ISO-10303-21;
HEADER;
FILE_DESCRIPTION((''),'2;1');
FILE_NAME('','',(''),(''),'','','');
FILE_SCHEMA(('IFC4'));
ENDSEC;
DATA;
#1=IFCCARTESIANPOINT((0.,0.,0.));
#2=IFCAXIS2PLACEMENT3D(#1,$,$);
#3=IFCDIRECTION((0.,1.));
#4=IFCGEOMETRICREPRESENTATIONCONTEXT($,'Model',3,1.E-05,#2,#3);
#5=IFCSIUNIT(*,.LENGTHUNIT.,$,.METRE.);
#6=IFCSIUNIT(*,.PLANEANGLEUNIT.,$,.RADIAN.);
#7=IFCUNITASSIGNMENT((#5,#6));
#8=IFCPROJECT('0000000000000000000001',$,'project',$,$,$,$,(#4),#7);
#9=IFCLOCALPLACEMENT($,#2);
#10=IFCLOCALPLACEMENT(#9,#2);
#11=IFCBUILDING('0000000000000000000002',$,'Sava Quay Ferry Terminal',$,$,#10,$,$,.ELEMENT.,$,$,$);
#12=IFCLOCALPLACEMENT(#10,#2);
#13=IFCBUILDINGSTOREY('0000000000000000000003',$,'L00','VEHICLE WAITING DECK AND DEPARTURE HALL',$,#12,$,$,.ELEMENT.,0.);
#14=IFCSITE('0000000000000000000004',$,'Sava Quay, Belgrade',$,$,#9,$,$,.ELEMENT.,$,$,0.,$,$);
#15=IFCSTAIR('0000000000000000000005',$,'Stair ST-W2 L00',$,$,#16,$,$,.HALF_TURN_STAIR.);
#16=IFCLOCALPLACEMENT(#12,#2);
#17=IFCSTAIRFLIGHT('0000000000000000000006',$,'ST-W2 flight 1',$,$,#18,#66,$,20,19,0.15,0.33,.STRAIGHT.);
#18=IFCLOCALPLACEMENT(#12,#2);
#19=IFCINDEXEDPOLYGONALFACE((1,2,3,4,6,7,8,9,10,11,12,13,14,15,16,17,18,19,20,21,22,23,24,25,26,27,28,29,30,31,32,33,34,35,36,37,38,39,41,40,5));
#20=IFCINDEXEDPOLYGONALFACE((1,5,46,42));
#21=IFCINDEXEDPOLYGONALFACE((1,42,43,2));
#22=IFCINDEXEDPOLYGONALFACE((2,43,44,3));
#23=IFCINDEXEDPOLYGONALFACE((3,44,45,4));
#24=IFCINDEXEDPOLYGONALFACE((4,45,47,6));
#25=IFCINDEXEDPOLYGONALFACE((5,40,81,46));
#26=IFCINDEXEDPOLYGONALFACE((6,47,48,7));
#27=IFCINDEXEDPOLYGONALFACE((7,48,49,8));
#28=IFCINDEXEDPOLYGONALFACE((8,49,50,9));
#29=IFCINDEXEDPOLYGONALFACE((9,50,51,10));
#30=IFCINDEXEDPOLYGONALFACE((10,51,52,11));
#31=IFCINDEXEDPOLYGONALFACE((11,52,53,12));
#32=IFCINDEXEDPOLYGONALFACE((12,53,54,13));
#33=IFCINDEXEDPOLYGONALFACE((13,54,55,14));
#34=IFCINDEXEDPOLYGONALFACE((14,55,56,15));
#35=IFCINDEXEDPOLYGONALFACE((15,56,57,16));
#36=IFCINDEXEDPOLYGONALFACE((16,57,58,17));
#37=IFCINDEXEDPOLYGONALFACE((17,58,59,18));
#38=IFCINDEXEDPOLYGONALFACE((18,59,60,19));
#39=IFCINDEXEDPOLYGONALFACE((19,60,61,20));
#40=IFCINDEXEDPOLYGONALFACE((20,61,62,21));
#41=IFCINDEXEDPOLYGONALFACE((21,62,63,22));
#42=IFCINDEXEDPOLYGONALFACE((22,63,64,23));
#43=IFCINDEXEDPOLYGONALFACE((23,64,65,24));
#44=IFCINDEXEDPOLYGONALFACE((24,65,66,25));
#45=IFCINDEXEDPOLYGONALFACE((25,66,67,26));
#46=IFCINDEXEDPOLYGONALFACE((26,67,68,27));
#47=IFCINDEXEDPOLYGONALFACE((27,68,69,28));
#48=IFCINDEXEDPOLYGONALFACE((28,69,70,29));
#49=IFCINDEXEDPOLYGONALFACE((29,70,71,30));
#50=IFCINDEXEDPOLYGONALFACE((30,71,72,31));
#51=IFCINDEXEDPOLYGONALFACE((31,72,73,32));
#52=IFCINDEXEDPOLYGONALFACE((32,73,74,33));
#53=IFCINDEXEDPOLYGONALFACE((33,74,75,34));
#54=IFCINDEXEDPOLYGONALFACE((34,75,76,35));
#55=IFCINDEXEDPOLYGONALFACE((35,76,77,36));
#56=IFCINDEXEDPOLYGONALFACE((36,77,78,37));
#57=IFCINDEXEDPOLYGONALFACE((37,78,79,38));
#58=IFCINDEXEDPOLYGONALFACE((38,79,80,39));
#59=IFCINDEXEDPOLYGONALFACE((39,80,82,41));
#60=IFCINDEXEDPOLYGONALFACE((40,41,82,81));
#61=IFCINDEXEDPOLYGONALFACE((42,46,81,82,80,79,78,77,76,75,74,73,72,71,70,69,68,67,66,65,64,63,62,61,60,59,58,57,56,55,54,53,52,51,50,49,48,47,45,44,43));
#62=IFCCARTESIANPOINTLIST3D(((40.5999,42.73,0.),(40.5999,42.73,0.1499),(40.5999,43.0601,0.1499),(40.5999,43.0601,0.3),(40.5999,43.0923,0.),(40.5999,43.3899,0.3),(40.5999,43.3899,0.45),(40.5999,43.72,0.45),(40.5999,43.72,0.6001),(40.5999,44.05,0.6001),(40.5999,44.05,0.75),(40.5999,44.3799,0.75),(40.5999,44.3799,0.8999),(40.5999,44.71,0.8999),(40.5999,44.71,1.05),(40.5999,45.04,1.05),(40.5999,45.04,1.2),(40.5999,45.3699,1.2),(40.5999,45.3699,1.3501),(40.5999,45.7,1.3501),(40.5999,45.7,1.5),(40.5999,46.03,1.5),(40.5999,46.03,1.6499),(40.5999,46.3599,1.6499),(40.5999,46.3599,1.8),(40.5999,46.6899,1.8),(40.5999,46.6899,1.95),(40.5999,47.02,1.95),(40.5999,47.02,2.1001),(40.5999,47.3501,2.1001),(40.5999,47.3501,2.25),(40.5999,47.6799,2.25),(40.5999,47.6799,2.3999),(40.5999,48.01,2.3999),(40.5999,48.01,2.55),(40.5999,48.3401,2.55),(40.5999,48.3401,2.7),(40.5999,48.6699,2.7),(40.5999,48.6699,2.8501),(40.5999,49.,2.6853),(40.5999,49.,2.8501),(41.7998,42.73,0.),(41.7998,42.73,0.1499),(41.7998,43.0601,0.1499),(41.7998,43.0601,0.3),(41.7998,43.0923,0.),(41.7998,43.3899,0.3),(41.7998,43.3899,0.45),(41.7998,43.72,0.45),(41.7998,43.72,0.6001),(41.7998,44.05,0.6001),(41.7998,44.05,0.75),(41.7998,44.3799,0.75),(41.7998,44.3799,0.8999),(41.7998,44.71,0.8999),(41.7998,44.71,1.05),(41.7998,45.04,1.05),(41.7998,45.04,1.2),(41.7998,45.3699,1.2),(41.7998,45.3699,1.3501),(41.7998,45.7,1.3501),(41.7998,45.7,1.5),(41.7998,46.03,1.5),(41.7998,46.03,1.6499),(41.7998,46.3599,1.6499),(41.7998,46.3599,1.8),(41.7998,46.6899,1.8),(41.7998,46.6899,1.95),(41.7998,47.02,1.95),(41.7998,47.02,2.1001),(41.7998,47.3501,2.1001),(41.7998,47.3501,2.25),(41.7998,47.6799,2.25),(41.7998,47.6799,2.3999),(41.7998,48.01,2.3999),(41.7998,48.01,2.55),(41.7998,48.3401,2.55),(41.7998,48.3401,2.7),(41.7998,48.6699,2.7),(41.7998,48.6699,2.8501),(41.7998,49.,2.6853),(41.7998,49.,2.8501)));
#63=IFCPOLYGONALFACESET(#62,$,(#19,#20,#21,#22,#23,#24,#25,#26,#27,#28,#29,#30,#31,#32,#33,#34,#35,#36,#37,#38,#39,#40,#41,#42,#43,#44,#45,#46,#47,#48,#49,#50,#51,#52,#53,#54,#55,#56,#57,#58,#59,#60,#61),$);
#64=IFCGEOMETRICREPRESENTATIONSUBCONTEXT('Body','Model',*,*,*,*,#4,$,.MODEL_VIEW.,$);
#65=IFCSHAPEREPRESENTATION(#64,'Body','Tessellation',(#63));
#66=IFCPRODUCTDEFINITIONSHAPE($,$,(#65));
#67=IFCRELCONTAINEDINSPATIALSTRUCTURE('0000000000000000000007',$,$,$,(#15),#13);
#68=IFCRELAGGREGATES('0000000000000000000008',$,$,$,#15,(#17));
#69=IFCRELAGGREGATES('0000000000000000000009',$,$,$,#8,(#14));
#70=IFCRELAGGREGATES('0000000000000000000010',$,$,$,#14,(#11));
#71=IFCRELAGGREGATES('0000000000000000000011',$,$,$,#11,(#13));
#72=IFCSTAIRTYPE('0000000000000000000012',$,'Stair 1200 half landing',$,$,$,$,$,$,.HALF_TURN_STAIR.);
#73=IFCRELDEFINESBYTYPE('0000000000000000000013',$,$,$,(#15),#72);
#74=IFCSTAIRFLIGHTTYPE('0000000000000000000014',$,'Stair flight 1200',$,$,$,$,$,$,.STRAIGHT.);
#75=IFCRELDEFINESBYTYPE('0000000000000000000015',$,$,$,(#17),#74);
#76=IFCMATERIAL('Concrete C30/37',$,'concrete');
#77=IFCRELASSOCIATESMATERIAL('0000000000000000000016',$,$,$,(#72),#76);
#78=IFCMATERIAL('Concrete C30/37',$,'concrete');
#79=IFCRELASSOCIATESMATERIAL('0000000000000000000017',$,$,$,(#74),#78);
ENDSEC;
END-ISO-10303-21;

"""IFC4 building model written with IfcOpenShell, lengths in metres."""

from ifc_helpers import new_model, si_unit, direction, frame, origin, place, context, subcontext, project, spatial, polyline, outline, extrude, material, type_object, element, aggregate, save


model = new_model("IFC4")

# Units and contexts
model_context = context("Model", 3, precision=1e-05, world=origin(), true_north=direction((0.0, 1.0)))
body_context = subcontext(model_context, "Body", "Model", "MODEL_VIEW")
ifc_project = project(units=[si_unit("LENGTHUNIT", "METRE"), si_unit("PLANEANGLEUNIT", "RADIAN")], contexts=[model_context])

# Site, building, storey
site_placement = place(None, origin())
site = spatial("IfcSite", under=ifc_project, at=site_placement, Name="Sava Quay, Belgrade", CompositionType="ELEMENT", RefElevation=0.0)
building_placement = place(site_placement, origin())
building = spatial("IfcBuilding", under=site, at=building_placement, Name="Sava Quay Ferry Terminal", CompositionType="ELEMENT")
storey_placement = place(building_placement, origin())
storey = spatial("IfcBuildingStorey", under=building, at=storey_placement, Name="L00", Description="VEHICLE WAITING DECK AND DEPARTURE HALL", CompositionType="ELEMENT", Elevation=0.0)

# Stair, stair flight
ifc_material_1 = material(Name="Concrete C30/37", Category="concrete")
stair_type = type_object("IfcStairType", Name="Stair 1200 half landing", PredefinedType="HALF_TURN_STAIR", material=ifc_material_1)
stair_placement = place(storey_placement, origin())
stair = element("IfcStair", 1, at=stair_placement, inside=storey, type_object=stair_type, Name="Stair ST-W2 L00", PredefinedType="HALF_TURN_STAIR")
ifc_material_2 = material(Name="Concrete C30/37", Category="concrete")
stair_flight_type = type_object("IfcStairFlightType", Name="Stair flight 1200", PredefinedType="STRAIGHT", material=ifc_material_2)
stair_flight_placement = place(storey_placement, frame((41.2, 42.73, 0.0), z_axis=(0.0, 0.0, 1.0), x_axis=(0.0, 1.0, 0.0)))
stair_flight = element("IfcStairFlight", 2, at=stair_flight_placement, type_object=stair_flight_type, Name="ST-W2 flight 1", NumberOfRisers=20, NumberOfTreads=19, PredefinedType="STRAIGHT", RiserHeight=0.15, TreadLength=0.33, context=body_context, shape_type="SweptSolid", body=[
    extrude(outline(polyline([(0.0, 0.0), (0.0, 0.1499), (0.3301, 0.1499), (0.3301, 0.3), (0.6599, 0.3), (0.6599, 0.45), (0.99, 0.45), (0.99, 0.6001), (1.3201, 0.6001), (1.3201, 0.75), (1.6499, 0.75), (1.6499, 0.8999), (1.98, 0.8999), (1.98, 1.05), (2.3101, 1.05), (2.3101, 1.2), (2.6399, 1.2), (2.6399, 1.3501), (2.97, 1.3501), (2.97, 1.5), (3.3, 1.5), (3.3, 1.6499), (3.6299, 1.6499), (3.6299, 1.8), (3.96, 1.8), (3.96, 1.95), (4.29, 1.95), (4.29, 2.1001), (4.6201, 2.1001), (4.6201, 2.25), (4.95, 2.25), (4.95, 2.3999), (5.28, 2.3999), (5.28, 2.55), (5.6101, 2.55), (5.6101, 2.7), (5.9399, 2.7), (5.9399, 2.8501), (6.27, 2.8501), (6.27, 3.0), (6.27, 2.6853), (0.3623, 0.0), (0.0, 0.0)])), frame((0.0, 0.6001, 0.0), z_axis=(0.0, -1.0, 0.0), x_axis=(1.0, 0.0, 0.0)), (0.0, 0.0, 1.0), 1.2),
])
aggregate(stair, [stair_flight])

save(model, "model.ifc")
